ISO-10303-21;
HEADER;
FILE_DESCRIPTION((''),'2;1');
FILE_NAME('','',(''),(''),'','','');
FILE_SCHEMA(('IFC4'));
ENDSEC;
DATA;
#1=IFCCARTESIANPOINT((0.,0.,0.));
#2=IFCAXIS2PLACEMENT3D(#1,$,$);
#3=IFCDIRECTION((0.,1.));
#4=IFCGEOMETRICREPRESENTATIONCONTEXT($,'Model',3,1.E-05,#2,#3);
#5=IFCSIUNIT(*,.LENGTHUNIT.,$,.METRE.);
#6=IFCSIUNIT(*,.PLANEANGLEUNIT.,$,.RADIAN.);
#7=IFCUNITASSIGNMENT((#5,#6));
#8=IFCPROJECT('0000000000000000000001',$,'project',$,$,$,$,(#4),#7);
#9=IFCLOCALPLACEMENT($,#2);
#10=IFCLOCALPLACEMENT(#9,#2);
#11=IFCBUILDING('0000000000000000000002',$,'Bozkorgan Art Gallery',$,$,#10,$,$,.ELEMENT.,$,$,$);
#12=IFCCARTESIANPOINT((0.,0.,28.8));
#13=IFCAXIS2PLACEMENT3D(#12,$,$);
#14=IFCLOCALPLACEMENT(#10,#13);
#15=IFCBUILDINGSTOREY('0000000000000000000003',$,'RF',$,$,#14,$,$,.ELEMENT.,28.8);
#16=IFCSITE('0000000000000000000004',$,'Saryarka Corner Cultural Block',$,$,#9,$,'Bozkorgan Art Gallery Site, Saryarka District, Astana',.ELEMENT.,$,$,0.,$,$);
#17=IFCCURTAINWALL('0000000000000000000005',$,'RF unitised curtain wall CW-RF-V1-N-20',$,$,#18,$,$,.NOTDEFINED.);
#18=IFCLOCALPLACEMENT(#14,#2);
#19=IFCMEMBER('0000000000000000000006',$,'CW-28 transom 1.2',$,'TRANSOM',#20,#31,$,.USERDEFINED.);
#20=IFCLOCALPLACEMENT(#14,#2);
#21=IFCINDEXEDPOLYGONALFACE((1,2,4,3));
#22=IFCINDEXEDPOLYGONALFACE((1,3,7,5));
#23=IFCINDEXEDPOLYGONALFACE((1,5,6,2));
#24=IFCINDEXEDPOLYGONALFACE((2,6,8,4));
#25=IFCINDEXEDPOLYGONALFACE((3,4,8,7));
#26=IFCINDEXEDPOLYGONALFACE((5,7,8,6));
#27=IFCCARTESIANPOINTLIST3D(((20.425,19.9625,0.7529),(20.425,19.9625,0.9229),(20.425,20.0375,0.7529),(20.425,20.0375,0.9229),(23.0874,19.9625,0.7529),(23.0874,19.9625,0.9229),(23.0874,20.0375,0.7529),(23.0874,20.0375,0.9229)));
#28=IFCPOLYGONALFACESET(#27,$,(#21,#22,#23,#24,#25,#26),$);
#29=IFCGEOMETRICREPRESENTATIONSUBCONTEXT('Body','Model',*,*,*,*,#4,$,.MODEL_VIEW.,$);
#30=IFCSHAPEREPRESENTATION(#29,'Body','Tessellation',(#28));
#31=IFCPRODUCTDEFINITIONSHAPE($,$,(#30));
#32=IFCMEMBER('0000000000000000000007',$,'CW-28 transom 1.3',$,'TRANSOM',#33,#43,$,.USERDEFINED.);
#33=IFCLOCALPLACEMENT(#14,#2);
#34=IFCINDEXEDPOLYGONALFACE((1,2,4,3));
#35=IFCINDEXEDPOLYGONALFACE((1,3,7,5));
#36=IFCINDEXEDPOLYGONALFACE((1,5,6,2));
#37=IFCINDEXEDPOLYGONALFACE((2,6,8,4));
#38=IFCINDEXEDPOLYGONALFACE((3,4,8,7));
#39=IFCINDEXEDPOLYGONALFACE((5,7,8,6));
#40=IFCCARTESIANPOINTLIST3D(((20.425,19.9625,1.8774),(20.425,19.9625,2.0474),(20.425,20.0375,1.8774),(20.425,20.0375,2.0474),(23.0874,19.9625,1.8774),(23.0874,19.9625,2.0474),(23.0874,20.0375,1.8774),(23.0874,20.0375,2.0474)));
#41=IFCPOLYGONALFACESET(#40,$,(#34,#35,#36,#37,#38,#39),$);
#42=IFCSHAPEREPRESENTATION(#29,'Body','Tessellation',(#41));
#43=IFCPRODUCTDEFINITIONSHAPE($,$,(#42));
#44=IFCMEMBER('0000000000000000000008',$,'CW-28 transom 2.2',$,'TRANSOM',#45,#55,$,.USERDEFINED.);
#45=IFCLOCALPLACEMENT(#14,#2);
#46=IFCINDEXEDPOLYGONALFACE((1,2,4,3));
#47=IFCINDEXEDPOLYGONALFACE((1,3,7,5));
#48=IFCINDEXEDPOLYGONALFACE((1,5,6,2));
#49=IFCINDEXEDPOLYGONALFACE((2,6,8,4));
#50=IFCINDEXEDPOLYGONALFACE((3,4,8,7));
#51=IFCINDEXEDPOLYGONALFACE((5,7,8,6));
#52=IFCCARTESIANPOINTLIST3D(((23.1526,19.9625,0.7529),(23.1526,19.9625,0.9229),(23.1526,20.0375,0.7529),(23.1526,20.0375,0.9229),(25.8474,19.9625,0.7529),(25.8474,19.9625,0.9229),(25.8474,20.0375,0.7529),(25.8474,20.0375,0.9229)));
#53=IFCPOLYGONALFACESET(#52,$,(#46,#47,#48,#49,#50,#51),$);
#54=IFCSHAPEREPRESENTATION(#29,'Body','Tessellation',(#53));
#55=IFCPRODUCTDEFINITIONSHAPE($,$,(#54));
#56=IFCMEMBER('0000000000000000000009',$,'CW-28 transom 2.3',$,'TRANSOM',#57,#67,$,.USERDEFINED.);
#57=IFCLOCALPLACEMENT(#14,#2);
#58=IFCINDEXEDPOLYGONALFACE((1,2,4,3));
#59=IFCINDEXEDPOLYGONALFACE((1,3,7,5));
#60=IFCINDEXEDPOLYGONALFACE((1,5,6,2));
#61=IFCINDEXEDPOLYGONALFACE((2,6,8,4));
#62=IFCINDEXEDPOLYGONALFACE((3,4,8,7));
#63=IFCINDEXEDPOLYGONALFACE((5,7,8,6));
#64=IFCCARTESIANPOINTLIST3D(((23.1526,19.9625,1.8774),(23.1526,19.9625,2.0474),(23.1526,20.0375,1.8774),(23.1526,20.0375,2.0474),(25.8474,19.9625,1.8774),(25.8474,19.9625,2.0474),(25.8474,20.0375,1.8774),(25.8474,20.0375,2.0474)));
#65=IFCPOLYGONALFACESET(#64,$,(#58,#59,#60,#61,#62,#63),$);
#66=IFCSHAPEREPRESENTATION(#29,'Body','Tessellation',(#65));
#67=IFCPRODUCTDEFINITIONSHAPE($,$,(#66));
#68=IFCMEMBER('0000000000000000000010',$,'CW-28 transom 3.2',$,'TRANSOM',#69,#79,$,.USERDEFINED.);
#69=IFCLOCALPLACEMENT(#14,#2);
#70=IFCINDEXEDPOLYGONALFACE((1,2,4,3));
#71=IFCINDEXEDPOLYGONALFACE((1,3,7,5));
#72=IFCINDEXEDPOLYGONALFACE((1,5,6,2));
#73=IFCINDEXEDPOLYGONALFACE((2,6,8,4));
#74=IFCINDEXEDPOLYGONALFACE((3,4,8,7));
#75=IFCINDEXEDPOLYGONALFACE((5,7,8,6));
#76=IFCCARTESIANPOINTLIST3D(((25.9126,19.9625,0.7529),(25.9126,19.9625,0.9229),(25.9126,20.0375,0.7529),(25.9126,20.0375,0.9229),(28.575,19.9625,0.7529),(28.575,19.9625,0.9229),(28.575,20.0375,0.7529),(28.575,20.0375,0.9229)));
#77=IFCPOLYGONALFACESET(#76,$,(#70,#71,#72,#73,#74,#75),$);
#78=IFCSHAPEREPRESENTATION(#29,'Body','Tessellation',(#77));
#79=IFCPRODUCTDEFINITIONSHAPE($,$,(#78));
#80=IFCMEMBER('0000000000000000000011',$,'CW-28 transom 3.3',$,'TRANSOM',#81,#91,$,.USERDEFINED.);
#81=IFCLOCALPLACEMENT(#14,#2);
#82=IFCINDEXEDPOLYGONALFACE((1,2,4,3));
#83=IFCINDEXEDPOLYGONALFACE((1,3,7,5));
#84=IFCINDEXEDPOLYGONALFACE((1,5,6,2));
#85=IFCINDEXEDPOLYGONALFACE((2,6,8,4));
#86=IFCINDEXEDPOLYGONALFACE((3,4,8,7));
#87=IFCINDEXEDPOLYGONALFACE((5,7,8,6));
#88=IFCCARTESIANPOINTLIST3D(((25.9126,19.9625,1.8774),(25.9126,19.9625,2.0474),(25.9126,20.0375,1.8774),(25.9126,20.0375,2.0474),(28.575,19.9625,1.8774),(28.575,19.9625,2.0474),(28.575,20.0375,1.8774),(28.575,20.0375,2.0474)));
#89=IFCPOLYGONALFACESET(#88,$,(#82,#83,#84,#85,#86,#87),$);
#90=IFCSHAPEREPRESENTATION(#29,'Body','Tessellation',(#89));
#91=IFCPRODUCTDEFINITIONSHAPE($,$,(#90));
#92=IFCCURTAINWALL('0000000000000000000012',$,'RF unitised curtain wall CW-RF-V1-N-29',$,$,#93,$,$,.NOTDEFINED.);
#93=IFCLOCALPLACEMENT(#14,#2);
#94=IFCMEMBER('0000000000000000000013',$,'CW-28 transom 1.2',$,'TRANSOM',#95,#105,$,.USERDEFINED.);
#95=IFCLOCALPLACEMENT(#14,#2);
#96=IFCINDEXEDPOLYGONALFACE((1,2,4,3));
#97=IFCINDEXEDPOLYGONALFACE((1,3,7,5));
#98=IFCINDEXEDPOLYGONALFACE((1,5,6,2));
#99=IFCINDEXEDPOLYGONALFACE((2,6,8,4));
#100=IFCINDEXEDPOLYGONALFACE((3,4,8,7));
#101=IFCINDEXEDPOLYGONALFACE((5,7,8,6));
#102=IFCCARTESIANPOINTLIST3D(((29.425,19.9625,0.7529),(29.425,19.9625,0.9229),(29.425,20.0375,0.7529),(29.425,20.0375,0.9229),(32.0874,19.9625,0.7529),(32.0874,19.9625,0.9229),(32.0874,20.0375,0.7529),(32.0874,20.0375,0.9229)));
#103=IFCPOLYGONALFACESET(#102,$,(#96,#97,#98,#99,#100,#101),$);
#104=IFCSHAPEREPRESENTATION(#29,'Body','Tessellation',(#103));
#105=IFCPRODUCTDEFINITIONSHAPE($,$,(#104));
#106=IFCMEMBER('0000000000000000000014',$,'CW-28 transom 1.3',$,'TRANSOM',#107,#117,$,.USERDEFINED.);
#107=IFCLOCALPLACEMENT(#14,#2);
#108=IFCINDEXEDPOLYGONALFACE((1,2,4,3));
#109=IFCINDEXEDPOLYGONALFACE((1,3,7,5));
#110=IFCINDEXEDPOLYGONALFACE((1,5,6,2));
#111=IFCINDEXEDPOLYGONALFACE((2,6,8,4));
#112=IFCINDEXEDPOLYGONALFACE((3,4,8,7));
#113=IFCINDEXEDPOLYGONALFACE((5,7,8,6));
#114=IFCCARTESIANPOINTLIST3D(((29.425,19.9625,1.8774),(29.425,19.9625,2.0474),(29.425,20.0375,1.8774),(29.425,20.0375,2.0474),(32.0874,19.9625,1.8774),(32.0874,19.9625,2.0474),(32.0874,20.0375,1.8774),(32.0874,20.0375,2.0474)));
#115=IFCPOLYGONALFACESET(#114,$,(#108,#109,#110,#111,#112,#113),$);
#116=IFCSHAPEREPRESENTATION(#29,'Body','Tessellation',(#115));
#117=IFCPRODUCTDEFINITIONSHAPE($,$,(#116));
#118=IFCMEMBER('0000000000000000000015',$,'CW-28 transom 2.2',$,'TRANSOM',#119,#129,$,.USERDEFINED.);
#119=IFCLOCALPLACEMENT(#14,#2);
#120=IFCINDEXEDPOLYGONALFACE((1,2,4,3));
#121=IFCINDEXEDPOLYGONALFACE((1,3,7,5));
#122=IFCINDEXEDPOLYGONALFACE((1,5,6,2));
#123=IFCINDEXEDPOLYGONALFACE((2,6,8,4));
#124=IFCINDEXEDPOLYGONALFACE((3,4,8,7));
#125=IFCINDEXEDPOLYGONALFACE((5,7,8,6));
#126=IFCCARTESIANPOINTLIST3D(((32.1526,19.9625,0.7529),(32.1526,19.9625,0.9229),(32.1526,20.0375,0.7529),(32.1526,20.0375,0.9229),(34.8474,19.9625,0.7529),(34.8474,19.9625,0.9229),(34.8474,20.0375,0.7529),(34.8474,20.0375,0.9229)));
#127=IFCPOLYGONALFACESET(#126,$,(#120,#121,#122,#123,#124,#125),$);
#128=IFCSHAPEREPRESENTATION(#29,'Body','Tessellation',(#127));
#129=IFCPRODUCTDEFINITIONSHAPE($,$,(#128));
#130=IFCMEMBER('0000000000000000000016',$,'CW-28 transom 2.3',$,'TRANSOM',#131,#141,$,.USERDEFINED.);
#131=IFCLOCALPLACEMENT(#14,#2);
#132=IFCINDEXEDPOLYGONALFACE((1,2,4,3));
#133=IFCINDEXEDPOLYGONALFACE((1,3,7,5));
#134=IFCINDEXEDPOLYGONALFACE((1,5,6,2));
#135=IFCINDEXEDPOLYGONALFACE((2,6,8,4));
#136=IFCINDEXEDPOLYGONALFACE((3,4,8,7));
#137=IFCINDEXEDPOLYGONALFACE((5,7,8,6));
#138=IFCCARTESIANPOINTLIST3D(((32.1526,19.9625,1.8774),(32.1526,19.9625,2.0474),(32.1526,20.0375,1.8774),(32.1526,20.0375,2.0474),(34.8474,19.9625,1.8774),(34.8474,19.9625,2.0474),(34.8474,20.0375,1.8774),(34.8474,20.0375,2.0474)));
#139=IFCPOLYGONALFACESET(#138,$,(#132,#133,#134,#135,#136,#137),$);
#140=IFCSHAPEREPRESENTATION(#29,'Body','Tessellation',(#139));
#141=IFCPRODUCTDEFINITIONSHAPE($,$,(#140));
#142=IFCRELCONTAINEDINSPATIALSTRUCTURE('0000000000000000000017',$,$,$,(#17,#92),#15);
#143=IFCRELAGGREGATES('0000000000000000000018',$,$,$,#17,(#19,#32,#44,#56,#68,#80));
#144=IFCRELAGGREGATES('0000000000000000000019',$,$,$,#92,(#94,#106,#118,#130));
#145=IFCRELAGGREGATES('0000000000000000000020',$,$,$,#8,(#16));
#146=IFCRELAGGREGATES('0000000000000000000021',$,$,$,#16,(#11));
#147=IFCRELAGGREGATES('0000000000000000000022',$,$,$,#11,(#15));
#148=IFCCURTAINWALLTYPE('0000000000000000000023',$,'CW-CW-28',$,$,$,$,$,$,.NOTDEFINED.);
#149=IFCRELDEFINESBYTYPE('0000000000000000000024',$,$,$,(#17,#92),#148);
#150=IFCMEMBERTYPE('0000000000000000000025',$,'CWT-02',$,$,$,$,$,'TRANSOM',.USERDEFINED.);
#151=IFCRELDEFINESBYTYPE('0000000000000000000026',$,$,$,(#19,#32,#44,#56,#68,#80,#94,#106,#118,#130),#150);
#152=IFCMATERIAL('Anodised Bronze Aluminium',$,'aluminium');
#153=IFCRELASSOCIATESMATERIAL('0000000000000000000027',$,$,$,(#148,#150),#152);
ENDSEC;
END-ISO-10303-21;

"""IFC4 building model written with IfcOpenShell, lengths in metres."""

from ifc_helpers import new_model, si_unit, direction, frame, origin, origin_2d, place, context, subcontext, project, spatial, rectangle, extrude, material, material_profile, profile_set, type_object, element, aggregate, save


model = new_model("IFC4")

# Units and contexts
model_context = context("Model", 3, precision=1e-05, world=origin(), true_north=direction((0.0, 1.0)))
body_context = subcontext(model_context, "Body", "Model", "MODEL_VIEW")
ifc_project = project(units=[si_unit("LENGTHUNIT", "METRE"), si_unit("PLANEANGLEUNIT", "RADIAN")], contexts=[model_context])

# Site, building, storey
site_placement = place(None, origin())
site = spatial("IfcSite", under=ifc_project, at=site_placement, Name="Saryarka Corner Cultural Block", LongName="Bozkorgan Art Gallery Site, Saryarka District, Astana", CompositionType="ELEMENT", RefElevation=0.0)
building_placement = place(site_placement, origin())
building = spatial("IfcBuilding", under=site, at=building_placement, Name="Bozkorgan Art Gallery", CompositionType="ELEMENT")
storey_placement = place(building_placement, frame((0.0, 0.0, 28.8)))
storey = spatial("IfcBuildingStorey", under=building, at=storey_placement, Name="RF", CompositionType="ELEMENT", Elevation=28.8)

# Curtain walls, members
ifc_material_1 = material(Name="Anodised Bronze Aluminium", Category="aluminium")
curtain_wall_type = type_object("IfcCurtainWallType", Name="CW-CW-28", PredefinedType="NOTDEFINED", material=ifc_material_1)
curtain_wall_1_placement = place(storey_placement, origin())
curtain_wall_1 = element("IfcCurtainWall", 1, at=curtain_wall_1_placement, inside=storey, type_object=curtain_wall_type, Name="RF unitised curtain wall CW-RF-V1-N-20", PredefinedType="NOTDEFINED")
ifc_material_profile_1 = material_profile(ifc_material_1, rectangle(XDim=0.075, YDim=0.1699, at=origin_2d()), Name="ALU TRANSOM 75x170")
ifc_profile_set_1 = profile_set([ifc_material_profile_1], Name="Anodised Bronze Aluminium")
member_type_1 = type_object("IfcMemberType", Name="CWT-02", ElementType="TRANSOM", PredefinedType="USERDEFINED", material=ifc_profile_set_1)
member_1_placement = place(storey_placement, frame((20.425, 20.0, 0.8379), z_axis=(1.0, 0.0, 0.0), x_axis=(0.0, 1.0, 0.0)))
member_1 = element("IfcMember", 2, at=member_1_placement, type_object=member_type_1, Name="CW-28 transom 1.2", ObjectType="TRANSOM", PredefinedType="USERDEFINED", context=body_context, shape_type="SweptSolid", body=[
    extrude(rectangle(XDim=0.075, YDim=0.1699, at=origin_2d()), origin(), (0.0, 0.0, 1.0), 2.6624),
])
member_2_placement = place(storey_placement, frame((20.425, 20.0, 1.9624), z_axis=(1.0, 0.0, 0.0), x_axis=(0.0, 1.0, 0.0)))
member_2 = element("IfcMember", 3, at=member_2_placement, type_object=member_type_1, Name="CW-28 transom 1.3", ObjectType="TRANSOM", PredefinedType="USERDEFINED", context=body_context, shape_type="SweptSolid", body=[
    extrude(rectangle(XDim=0.075, YDim=0.1699, at=origin_2d()), origin(), (0.0, 0.0, 1.0), 2.6624),
])
member_3_placement = place(storey_placement, frame((23.1526, 20.0, 0.8379), z_axis=(1.0, 0.0, 0.0), x_axis=(0.0, 1.0, 0.0)))
member_3 = element("IfcMember", 4, at=member_3_placement, type_object=member_type_1, Name="CW-28 transom 2.2", ObjectType="TRANSOM", PredefinedType="USERDEFINED", context=body_context, shape_type="SweptSolid", body=[
    extrude(rectangle(XDim=0.075, YDim=0.1699, at=origin_2d()), origin(), (0.0, 0.0, 1.0), 2.6948),
])
member_4_placement = place(storey_placement, frame((23.1526, 20.0, 1.9624), z_axis=(1.0, 0.0, 0.0), x_axis=(0.0, 1.0, 0.0)))
member_4 = element("IfcMember", 5, at=member_4_placement, type_object=member_type_1, Name="CW-28 transom 2.3", ObjectType="TRANSOM", PredefinedType="USERDEFINED", context=body_context, shape_type="SweptSolid", body=[
    extrude(rectangle(XDim=0.075, YDim=0.1699, at=origin_2d()), origin(), (0.0, 0.0, 1.0), 2.6948),
])
member_5_placement = place(storey_placement, frame((25.9126, 20.0, 0.8379), z_axis=(1.0, 0.0, 0.0), x_axis=(0.0, 1.0, 0.0)))
member_5 = element("IfcMember", 6, at=member_5_placement, type_object=member_type_1, Name="CW-28 transom 3.2", ObjectType="TRANSOM", PredefinedType="USERDEFINED", context=body_context, shape_type="SweptSolid", body=[
    extrude(rectangle(XDim=0.075, YDim=0.1699, at=origin_2d()), origin(), (0.0, 0.0, 1.0), 2.6624),
])
member_6_placement = place(storey_placement, frame((25.9126, 20.0, 1.9624), z_axis=(1.0, 0.0, 0.0), x_axis=(0.0, 1.0, 0.0)))
member_6 = element("IfcMember", 7, at=member_6_placement, type_object=member_type_1, Name="CW-28 transom 3.3", ObjectType="TRANSOM", PredefinedType="USERDEFINED", context=body_context, shape_type="SweptSolid", body=[
    extrude(rectangle(XDim=0.075, YDim=0.1699, at=origin_2d()), origin(), (0.0, 0.0, 1.0), 2.6624),
])
curtain_wall_2_placement = place(storey_placement, origin())
curtain_wall_2 = element("IfcCurtainWall", 8, at=curtain_wall_2_placement, inside=storey, type_object=curtain_wall_type, Name="RF unitised curtain wall CW-RF-V1-N-29", PredefinedType="NOTDEFINED")
member_7_placement = place(storey_placement, frame((29.425, 20.0, 0.8379), z_axis=(1.0, 0.0, 0.0), x_axis=(0.0, 1.0, 0.0)))
member_7 = element("IfcMember", 9, at=member_7_placement, type_object=member_type_1, Name="CW-28 transom 1.2", ObjectType="TRANSOM", PredefinedType="USERDEFINED", context=body_context, shape_type="SweptSolid", body=[
    extrude(rectangle(XDim=0.075, YDim=0.1699, at=origin_2d()), origin(), (0.0, 0.0, 1.0), 2.6624),
])
member_8_placement = place(storey_placement, frame((29.425, 20.0, 1.9624), z_axis=(1.0, 0.0, 0.0), x_axis=(0.0, 1.0, 0.0)))
member_8 = element("IfcMember", 10, at=member_8_placement, type_object=member_type_1, Name="CW-28 transom 1.3", ObjectType="TRANSOM", PredefinedType="USERDEFINED", context=body_context, shape_type="SweptSolid", body=[
    extrude(rectangle(XDim=0.075, YDim=0.1699, at=origin_2d()), origin(), (0.0, 0.0, 1.0), 2.6624),
])
member_9_placement = place(storey_placement, frame((32.1526, 20.0, 0.8379), z_axis=(1.0, 0.0, 0.0), x_axis=(0.0, 1.0, 0.0)))
member_9 = element("IfcMember", 11, at=member_9_placement, type_object=member_type_1, Name="CW-28 transom 2.2", ObjectType="TRANSOM", PredefinedType="USERDEFINED", context=body_context, shape_type="SweptSolid", body=[
    extrude(rectangle(XDim=0.075, YDim=0.1699, at=origin_2d()), origin(), (0.0, 0.0, 1.0), 2.6948),
])
member_10_placement = place(storey_placement, frame((32.1526, 20.0, 1.9624), z_axis=(1.0, 0.0, 0.0), x_axis=(0.0, 1.0, 0.0)))
member_10 = element("IfcMember", 12, at=member_10_placement, type_object=member_type_1, Name="CW-28 transom 2.3", ObjectType="TRANSOM", PredefinedType="USERDEFINED", context=body_context, shape_type="SweptSolid", body=[
    extrude(rectangle(XDim=0.075, YDim=0.1699, at=origin_2d()), origin(), (0.0, 0.0, 1.0), 2.6948),
])

aggregate(curtain_wall_1, [member_1, member_2, member_3, member_4, member_5, member_6])
aggregate(curtain_wall_2, [member_7, member_8, member_9, member_10])

save(model, "model.ifc")
